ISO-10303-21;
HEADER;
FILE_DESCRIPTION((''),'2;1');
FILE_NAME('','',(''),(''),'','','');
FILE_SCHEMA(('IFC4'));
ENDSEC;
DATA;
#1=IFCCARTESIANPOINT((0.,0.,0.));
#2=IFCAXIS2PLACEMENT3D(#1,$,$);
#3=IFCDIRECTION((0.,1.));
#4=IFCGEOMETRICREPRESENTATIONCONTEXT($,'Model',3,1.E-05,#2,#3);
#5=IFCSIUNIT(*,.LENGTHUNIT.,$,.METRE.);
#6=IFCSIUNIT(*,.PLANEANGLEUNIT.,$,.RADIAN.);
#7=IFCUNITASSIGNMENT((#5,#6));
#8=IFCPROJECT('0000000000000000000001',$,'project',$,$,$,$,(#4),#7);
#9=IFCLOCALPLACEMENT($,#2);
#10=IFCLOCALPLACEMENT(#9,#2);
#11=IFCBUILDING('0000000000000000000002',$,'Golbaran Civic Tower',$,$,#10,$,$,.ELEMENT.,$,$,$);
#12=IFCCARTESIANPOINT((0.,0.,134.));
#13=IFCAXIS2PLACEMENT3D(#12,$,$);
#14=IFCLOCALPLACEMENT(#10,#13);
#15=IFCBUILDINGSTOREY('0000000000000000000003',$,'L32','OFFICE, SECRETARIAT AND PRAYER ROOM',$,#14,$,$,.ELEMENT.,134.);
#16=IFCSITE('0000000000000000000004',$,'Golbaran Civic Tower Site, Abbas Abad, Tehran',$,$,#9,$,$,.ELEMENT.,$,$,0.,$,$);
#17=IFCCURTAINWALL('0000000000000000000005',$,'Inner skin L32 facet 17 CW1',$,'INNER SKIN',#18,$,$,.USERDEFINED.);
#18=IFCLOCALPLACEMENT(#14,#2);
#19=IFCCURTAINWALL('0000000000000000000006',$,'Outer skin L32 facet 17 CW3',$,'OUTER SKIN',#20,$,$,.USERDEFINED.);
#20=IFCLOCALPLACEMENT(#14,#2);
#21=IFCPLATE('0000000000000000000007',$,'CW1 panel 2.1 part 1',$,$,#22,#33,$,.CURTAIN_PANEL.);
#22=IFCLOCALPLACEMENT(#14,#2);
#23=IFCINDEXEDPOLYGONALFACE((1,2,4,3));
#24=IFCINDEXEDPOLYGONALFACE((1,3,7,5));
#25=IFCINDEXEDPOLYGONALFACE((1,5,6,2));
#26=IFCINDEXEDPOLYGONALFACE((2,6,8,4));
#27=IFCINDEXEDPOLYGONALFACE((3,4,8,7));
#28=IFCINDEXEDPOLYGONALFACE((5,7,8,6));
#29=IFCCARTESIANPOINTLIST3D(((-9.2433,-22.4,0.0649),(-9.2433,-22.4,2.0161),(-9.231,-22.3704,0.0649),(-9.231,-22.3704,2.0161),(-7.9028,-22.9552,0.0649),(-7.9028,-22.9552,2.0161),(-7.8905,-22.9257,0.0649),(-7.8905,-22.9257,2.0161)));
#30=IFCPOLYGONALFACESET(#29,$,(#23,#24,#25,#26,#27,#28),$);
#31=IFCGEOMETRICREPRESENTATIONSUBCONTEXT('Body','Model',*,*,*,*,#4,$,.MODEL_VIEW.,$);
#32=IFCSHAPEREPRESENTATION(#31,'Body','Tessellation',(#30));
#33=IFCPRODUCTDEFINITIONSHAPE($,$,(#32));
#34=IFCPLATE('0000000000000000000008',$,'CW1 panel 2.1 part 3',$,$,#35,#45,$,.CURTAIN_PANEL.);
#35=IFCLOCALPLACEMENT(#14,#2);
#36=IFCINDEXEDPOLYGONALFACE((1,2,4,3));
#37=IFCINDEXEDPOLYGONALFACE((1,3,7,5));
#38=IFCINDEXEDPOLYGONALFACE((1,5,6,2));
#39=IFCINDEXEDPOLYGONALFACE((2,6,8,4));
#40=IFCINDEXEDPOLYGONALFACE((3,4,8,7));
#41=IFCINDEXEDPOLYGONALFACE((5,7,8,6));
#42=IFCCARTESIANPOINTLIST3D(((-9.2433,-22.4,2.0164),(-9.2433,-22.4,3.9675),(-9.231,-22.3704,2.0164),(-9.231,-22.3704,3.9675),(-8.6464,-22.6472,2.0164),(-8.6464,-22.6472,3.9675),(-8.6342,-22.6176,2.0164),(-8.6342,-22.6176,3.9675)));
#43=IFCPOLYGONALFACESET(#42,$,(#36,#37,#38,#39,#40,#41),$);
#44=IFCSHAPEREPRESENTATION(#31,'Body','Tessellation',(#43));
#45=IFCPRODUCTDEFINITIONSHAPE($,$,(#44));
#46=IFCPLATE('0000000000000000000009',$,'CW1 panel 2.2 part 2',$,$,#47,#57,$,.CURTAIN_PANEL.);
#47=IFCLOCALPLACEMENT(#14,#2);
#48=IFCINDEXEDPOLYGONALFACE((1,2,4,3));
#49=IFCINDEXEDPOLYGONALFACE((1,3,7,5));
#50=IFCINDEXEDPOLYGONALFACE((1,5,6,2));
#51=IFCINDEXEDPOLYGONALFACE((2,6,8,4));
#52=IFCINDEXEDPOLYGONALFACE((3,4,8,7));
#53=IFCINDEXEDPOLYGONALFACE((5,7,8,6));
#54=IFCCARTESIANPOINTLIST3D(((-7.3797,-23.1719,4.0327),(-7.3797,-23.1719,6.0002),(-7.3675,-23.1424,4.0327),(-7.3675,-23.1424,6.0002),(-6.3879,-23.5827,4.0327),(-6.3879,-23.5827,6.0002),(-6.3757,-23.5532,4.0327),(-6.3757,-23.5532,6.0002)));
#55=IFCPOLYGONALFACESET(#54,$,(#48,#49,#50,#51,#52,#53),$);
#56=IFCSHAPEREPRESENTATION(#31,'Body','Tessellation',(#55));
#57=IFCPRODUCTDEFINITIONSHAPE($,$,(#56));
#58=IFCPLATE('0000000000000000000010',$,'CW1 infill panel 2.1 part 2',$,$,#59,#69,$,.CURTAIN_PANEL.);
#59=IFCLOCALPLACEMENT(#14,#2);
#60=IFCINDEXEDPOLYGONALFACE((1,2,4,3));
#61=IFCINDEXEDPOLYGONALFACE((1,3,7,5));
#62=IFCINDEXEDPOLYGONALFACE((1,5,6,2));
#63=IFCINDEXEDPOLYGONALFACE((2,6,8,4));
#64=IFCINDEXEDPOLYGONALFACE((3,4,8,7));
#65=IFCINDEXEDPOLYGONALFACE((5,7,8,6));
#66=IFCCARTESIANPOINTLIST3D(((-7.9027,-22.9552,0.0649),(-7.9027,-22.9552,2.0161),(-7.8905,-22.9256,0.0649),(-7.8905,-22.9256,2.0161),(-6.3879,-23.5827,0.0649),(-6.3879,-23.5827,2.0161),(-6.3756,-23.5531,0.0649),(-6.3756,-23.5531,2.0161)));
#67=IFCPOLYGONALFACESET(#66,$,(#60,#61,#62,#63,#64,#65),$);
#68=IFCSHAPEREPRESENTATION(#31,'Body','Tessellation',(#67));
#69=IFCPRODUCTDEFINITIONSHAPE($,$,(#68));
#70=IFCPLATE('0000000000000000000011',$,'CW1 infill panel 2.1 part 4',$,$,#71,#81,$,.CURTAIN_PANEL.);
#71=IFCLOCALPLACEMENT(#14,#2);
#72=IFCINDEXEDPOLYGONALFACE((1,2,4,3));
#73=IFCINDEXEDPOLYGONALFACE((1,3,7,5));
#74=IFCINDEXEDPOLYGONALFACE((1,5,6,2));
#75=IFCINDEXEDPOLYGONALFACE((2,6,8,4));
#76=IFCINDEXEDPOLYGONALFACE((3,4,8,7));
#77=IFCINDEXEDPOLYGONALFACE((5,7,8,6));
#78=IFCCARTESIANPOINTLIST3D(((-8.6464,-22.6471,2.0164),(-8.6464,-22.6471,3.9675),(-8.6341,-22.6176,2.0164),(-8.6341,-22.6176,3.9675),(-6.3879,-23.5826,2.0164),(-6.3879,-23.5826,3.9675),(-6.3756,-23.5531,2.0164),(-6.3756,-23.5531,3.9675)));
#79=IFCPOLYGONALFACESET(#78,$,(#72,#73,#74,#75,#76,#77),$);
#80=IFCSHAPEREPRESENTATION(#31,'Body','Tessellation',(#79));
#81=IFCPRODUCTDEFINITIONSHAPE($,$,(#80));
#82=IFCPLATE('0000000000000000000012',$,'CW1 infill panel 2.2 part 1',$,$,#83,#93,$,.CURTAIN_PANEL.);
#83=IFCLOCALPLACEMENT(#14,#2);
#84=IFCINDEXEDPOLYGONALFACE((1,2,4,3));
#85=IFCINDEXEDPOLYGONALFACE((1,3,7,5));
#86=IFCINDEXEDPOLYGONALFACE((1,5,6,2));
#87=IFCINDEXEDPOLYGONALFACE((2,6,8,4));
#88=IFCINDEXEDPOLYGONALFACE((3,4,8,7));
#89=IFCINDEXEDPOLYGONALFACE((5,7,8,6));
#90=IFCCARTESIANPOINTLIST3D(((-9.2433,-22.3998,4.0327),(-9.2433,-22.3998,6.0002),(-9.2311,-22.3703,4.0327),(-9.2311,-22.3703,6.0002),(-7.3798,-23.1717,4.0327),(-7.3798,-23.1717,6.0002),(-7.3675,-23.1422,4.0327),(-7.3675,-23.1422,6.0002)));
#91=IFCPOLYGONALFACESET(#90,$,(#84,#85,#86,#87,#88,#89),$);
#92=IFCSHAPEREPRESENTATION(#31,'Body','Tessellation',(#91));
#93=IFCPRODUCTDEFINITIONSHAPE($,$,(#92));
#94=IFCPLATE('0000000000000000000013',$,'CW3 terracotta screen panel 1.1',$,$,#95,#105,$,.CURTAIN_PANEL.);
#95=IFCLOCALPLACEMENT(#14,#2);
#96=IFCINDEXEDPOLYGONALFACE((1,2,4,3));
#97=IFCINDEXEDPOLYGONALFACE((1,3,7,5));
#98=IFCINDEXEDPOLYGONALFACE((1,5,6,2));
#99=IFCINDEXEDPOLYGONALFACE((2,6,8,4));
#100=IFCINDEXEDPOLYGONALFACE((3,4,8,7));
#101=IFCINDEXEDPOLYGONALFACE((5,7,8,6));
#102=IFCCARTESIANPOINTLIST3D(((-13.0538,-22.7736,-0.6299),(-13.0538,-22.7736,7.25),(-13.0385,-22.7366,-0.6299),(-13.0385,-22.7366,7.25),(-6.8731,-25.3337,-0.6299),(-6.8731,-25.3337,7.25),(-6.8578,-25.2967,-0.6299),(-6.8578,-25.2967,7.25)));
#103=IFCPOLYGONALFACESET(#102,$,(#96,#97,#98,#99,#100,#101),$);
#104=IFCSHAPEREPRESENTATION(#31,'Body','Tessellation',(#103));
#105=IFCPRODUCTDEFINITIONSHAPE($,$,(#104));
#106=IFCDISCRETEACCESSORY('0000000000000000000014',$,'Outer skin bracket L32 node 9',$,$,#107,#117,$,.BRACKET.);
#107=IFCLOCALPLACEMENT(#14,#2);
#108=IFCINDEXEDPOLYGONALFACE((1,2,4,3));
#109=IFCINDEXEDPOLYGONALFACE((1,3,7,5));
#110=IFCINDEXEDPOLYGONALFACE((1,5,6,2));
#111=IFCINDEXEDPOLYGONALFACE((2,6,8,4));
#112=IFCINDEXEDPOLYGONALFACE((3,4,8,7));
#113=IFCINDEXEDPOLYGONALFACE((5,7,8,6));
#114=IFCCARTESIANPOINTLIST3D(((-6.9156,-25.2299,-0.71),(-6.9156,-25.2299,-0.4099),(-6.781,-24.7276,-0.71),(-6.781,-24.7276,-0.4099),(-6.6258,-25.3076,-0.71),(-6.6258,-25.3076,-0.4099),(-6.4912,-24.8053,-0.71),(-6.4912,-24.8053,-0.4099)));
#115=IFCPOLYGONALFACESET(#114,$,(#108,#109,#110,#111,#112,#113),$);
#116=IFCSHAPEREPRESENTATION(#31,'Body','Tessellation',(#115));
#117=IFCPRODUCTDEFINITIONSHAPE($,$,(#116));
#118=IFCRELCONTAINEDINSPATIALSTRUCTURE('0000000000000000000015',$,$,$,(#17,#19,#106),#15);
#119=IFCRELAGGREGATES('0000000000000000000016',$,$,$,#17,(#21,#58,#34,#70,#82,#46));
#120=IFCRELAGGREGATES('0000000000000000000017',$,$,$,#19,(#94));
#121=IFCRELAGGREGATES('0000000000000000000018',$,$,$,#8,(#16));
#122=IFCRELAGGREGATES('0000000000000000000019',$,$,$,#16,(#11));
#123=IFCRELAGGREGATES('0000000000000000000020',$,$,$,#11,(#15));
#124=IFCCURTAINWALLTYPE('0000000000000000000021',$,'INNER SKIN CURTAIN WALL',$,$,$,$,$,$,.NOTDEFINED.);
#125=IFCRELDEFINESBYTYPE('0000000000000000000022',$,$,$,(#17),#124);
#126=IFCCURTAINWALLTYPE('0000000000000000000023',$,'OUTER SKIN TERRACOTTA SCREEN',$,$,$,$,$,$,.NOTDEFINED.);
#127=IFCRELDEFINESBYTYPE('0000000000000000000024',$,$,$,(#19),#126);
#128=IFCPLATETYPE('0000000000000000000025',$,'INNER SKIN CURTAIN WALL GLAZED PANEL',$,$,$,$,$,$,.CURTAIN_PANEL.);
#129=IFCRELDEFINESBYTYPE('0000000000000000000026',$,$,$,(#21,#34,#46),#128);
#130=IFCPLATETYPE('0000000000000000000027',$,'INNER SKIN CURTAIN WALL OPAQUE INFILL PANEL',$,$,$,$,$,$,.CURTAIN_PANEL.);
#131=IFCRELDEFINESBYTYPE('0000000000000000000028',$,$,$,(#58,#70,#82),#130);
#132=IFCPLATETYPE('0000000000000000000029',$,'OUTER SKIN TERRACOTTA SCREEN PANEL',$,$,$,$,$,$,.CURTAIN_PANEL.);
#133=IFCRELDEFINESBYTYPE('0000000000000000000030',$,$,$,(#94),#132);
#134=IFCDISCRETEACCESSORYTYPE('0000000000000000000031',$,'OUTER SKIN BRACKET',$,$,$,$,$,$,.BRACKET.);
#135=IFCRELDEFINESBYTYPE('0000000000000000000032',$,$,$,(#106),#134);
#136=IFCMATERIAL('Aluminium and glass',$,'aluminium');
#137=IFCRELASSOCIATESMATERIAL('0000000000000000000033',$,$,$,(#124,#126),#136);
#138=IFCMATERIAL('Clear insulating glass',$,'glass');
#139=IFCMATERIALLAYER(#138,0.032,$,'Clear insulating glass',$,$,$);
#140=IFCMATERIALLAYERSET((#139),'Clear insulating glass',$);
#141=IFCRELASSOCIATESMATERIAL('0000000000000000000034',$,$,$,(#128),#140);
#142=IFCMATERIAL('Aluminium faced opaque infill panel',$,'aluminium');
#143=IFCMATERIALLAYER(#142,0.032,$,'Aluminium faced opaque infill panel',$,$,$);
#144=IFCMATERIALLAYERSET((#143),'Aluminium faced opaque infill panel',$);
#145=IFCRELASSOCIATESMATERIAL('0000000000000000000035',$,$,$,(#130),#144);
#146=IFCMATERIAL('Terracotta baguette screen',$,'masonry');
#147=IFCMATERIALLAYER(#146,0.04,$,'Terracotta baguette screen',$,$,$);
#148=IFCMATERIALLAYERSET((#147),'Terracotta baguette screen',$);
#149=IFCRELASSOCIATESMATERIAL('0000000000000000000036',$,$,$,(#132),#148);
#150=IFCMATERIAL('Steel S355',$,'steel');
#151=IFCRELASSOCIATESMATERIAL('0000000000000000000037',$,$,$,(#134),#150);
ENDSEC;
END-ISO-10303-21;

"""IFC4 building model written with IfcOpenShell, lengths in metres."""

from ifc_helpers import new_model, si_unit, direction, frame, origin, origin_2d, place, context, subcontext, project, spatial, rectangle, extrude, material, layer, layer_set, type_object, element, aggregate, save


model = new_model("IFC4")

# Units and contexts
model_context = context("Model", 3, precision=1e-05, world=origin(), true_north=direction((0.0, 1.0)))
body_context = subcontext(model_context, "Body", "Model", "MODEL_VIEW")
ifc_project = project(units=[si_unit("LENGTHUNIT", "METRE"), si_unit("PLANEANGLEUNIT", "RADIAN")], contexts=[model_context])

# Site, building, storey
site_placement = place(None, origin())
site = spatial("IfcSite", under=ifc_project, at=site_placement, Name="Golbaran Civic Tower Site, Abbas Abad, Tehran", CompositionType="ELEMENT", RefElevation=0.0)
building_placement = place(site_placement, origin())
building = spatial("IfcBuilding", under=site, at=building_placement, Name="Golbaran Civic Tower", CompositionType="ELEMENT")
storey_placement = place(building_placement, frame((0.0, 0.0, 134.0)))
storey = spatial("IfcBuildingStorey", under=building, at=storey_placement, Name="L32", Description="OFFICE, SECRETARIAT AND PRAYER ROOM", CompositionType="ELEMENT", Elevation=134.0)

# Shared definitions
ifc_material_1 = material(Name="Steel S355", Category="steel")

# Curtain wall
ifc_material_2 = material(Name="Aluminium and glass", Category="aluminium")
curtain_wall_type_1 = type_object("IfcCurtainWallType", Name="INNER SKIN CURTAIN WALL", PredefinedType="NOTDEFINED", material=ifc_material_2)
curtain_wall_1_placement = place(storey_placement, origin())
curtain_wall_1 = element("IfcCurtainWall", 1, at=curtain_wall_1_placement, inside=storey, type_object=curtain_wall_type_1, Name="Inner skin L32 facet 17 CW1", ObjectType="INNER SKIN", PredefinedType="USERDEFINED")

# Shared definitions
curtain_wall_type_2 = type_object("IfcCurtainWallType", Name="OUTER SKIN TERRACOTTA SCREEN", PredefinedType="NOTDEFINED", material=ifc_material_2)

# Curtain wall
curtain_wall_2_placement = place(storey_placement, origin())
curtain_wall_2 = element("IfcCurtainWall", 2, at=curtain_wall_2_placement, inside=storey, type_object=curtain_wall_type_2, Name="Outer skin L32 facet 17 CW3", ObjectType="OUTER SKIN", PredefinedType="USERDEFINED")

# Plates
ifc_material_3 = material(Name="Clear insulating glass", Category="glass")
ifc_layer_1 = layer(ifc_material_3, 0.032, Name="Clear insulating glass")
ifc_layer_set_1 = layer_set([ifc_layer_1], Name="Clear insulating glass")
plate_type_1 = type_object("IfcPlateType", Name="INNER SKIN CURTAIN WALL GLAZED PANEL", PredefinedType="CURTAIN_PANEL", material=ifc_layer_set_1)
plate_1_placement = place(storey_placement, frame((-8.5669, -22.6628, 0.0649), z_axis=(0.0, 0.0, 1.0), x_axis=(0.92388, -0.382683, 0.0)))
plate_1 = element("IfcPlate", 3, at=plate_1_placement, type_object=plate_type_1, Name="CW1 panel 2.1 part 1", PredefinedType="CURTAIN_PANEL", context=body_context, shape_type="SweptSolid", body=[
    extrude(rectangle(XDim=1.4509, YDim=0.032, at=origin_2d()), origin(), (0.0, 0.0, 1.0), 1.9512),
])
plate_2_placement = place(storey_placement, frame((-8.9387, -22.5088, 2.0164), z_axis=(0.0, 0.0, 1.0), x_axis=(0.92388, -0.382683, 0.0)))
plate_2 = element("IfcPlate", 4, at=plate_2_placement, type_object=plate_type_1, Name="CW1 panel 2.1 part 3", PredefinedType="CURTAIN_PANEL", context=body_context, shape_type="SweptSolid", body=[
    extrude(rectangle(XDim=0.646, YDim=0.032, at=origin_2d()), origin(), (0.0, 0.0, 1.0), 1.9512),
])
plate_3_placement = place(storey_placement, frame((-6.8777, -23.3625, 4.0327), z_axis=(0.0, 0.0, 1.0), x_axis=(0.92388, -0.382683, 0.0)))
plate_3 = element("IfcPlate", 5, at=plate_3_placement, type_object=plate_type_1, Name="CW1 panel 2.2 part 2", PredefinedType="CURTAIN_PANEL", context=body_context, shape_type="SweptSolid", body=[
    extrude(rectangle(XDim=1.0735, YDim=0.032, at=origin_2d()), origin(), (0.0, 0.0, 1.0), 1.9675),
])
ifc_material_4 = material(Name="Aluminium faced opaque infill panel", Category="aluminium")
ifc_layer_2 = layer(ifc_material_4, 0.032, Name="Aluminium faced opaque infill panel")
ifc_layer_set_2 = layer_set([ifc_layer_2], Name="Aluminium faced opaque infill panel")
plate_type_2 = type_object("IfcPlateType", Name="INNER SKIN CURTAIN WALL OPAQUE INFILL PANEL", PredefinedType="CURTAIN_PANEL", material=ifc_layer_set_2)
plate_4_placement = place(storey_placement, frame((-7.1392, -23.2542, 0.0649), z_axis=(0.0, 0.0, 1.0), x_axis=(0.92388, -0.382683, 0.0)))
plate_4 = element("IfcPlate", 6, at=plate_4_placement, type_object=plate_type_2, Name="CW1 infill panel 2.1 part 2", PredefinedType="CURTAIN_PANEL", context=body_context, shape_type="SweptSolid", body=[
    extrude(rectangle(XDim=1.6396, YDim=0.032, at=origin_2d()), origin(), (0.0, 0.0, 1.0), 1.9512),
])
plate_5_placement = place(storey_placement, frame((-7.511, -23.1001, 2.0164), z_axis=(0.0, 0.0, 1.0), x_axis=(0.92388, -0.382683, 0.0)))
plate_5 = element("IfcPlate", 7, at=plate_5_placement, type_object=plate_type_2, Name="CW1 infill panel 2.1 part 4", PredefinedType="CURTAIN_PANEL", context=body_context, shape_type="SweptSolid", body=[
    extrude(rectangle(XDim=2.4446, YDim=0.032, at=origin_2d()), origin(), (0.0, 0.0, 1.0), 1.9512),
])
plate_6_placement = place(storey_placement, frame((-8.3054, -22.771, 4.0327), z_axis=(0.0, 0.0, 1.0), x_axis=(0.92388, -0.382683, 0.0)))
plate_6 = element("IfcPlate", 8, at=plate_6_placement, type_object=plate_type_2, Name="CW1 infill panel 2.2 part 1", PredefinedType="CURTAIN_PANEL", context=body_context, shape_type="SweptSolid", body=[
    extrude(rectangle(XDim=2.0171, YDim=0.032, at=origin_2d()), origin(), (0.0, 0.0, 1.0), 1.9675),
])
aggregate(curtain_wall_1, [plate_1, plate_4, plate_2, plate_5, plate_6, plate_3])
ifc_material_5 = material(Name="Terracotta baguette screen", Category="masonry")
ifc_layer_3 = layer(ifc_material_5, 0.04, Name="Terracotta baguette screen")
ifc_layer_set_3 = layer_set([ifc_layer_3], Name="Terracotta baguette screen")
plate_type_3 = type_object("IfcPlateType", Name="OUTER SKIN TERRACOTTA SCREEN PANEL", PredefinedType="CURTAIN_PANEL", material=ifc_layer_set_3)
plate_7_placement = place(storey_placement, frame((-9.9558, -24.0352, -0.6299), z_axis=(0.0, 0.0, 1.0), x_axis=(0.92388, -0.382683, 0.0)))
plate_7 = element("IfcPlate", 9, at=plate_7_placement, type_object=plate_type_3, Name="CW3 terracotta screen panel 1.1", PredefinedType="CURTAIN_PANEL", context=body_context, shape_type="SweptSolid", body=[
    extrude(rectangle(XDim=6.6899, YDim=0.04, at=origin_2d()), origin(), (0.0, 0.0, 1.0), 7.8799),
])
aggregate(curtain_wall_2, [plate_7])

# Discrete accessory
discrete_accessory_type = type_object("IfcDiscreteAccessoryType", Name="OUTER SKIN BRACKET", PredefinedType="BRACKET", material=ifc_material_1)
discrete_accessory_placement = place(storey_placement, frame((-6.7034, -25.0176, -0.71), z_axis=(0.0, 0.0, 1.0), x_axis=(-0.258819, -0.965926, 0.0)))
element("IfcDiscreteAccessory", 10, at=discrete_accessory_placement, inside=storey, type_object=discrete_accessory_type, Name="Outer skin bracket L32 node 9", PredefinedType="BRACKET", context=body_context, shape_type="SweptSolid", body=[
    extrude(rectangle(XDim=0.52, YDim=0.3, at=origin_2d()), origin(), (0.0, 0.0, 1.0), 0.3),
])

save(model, "model.ifc")
